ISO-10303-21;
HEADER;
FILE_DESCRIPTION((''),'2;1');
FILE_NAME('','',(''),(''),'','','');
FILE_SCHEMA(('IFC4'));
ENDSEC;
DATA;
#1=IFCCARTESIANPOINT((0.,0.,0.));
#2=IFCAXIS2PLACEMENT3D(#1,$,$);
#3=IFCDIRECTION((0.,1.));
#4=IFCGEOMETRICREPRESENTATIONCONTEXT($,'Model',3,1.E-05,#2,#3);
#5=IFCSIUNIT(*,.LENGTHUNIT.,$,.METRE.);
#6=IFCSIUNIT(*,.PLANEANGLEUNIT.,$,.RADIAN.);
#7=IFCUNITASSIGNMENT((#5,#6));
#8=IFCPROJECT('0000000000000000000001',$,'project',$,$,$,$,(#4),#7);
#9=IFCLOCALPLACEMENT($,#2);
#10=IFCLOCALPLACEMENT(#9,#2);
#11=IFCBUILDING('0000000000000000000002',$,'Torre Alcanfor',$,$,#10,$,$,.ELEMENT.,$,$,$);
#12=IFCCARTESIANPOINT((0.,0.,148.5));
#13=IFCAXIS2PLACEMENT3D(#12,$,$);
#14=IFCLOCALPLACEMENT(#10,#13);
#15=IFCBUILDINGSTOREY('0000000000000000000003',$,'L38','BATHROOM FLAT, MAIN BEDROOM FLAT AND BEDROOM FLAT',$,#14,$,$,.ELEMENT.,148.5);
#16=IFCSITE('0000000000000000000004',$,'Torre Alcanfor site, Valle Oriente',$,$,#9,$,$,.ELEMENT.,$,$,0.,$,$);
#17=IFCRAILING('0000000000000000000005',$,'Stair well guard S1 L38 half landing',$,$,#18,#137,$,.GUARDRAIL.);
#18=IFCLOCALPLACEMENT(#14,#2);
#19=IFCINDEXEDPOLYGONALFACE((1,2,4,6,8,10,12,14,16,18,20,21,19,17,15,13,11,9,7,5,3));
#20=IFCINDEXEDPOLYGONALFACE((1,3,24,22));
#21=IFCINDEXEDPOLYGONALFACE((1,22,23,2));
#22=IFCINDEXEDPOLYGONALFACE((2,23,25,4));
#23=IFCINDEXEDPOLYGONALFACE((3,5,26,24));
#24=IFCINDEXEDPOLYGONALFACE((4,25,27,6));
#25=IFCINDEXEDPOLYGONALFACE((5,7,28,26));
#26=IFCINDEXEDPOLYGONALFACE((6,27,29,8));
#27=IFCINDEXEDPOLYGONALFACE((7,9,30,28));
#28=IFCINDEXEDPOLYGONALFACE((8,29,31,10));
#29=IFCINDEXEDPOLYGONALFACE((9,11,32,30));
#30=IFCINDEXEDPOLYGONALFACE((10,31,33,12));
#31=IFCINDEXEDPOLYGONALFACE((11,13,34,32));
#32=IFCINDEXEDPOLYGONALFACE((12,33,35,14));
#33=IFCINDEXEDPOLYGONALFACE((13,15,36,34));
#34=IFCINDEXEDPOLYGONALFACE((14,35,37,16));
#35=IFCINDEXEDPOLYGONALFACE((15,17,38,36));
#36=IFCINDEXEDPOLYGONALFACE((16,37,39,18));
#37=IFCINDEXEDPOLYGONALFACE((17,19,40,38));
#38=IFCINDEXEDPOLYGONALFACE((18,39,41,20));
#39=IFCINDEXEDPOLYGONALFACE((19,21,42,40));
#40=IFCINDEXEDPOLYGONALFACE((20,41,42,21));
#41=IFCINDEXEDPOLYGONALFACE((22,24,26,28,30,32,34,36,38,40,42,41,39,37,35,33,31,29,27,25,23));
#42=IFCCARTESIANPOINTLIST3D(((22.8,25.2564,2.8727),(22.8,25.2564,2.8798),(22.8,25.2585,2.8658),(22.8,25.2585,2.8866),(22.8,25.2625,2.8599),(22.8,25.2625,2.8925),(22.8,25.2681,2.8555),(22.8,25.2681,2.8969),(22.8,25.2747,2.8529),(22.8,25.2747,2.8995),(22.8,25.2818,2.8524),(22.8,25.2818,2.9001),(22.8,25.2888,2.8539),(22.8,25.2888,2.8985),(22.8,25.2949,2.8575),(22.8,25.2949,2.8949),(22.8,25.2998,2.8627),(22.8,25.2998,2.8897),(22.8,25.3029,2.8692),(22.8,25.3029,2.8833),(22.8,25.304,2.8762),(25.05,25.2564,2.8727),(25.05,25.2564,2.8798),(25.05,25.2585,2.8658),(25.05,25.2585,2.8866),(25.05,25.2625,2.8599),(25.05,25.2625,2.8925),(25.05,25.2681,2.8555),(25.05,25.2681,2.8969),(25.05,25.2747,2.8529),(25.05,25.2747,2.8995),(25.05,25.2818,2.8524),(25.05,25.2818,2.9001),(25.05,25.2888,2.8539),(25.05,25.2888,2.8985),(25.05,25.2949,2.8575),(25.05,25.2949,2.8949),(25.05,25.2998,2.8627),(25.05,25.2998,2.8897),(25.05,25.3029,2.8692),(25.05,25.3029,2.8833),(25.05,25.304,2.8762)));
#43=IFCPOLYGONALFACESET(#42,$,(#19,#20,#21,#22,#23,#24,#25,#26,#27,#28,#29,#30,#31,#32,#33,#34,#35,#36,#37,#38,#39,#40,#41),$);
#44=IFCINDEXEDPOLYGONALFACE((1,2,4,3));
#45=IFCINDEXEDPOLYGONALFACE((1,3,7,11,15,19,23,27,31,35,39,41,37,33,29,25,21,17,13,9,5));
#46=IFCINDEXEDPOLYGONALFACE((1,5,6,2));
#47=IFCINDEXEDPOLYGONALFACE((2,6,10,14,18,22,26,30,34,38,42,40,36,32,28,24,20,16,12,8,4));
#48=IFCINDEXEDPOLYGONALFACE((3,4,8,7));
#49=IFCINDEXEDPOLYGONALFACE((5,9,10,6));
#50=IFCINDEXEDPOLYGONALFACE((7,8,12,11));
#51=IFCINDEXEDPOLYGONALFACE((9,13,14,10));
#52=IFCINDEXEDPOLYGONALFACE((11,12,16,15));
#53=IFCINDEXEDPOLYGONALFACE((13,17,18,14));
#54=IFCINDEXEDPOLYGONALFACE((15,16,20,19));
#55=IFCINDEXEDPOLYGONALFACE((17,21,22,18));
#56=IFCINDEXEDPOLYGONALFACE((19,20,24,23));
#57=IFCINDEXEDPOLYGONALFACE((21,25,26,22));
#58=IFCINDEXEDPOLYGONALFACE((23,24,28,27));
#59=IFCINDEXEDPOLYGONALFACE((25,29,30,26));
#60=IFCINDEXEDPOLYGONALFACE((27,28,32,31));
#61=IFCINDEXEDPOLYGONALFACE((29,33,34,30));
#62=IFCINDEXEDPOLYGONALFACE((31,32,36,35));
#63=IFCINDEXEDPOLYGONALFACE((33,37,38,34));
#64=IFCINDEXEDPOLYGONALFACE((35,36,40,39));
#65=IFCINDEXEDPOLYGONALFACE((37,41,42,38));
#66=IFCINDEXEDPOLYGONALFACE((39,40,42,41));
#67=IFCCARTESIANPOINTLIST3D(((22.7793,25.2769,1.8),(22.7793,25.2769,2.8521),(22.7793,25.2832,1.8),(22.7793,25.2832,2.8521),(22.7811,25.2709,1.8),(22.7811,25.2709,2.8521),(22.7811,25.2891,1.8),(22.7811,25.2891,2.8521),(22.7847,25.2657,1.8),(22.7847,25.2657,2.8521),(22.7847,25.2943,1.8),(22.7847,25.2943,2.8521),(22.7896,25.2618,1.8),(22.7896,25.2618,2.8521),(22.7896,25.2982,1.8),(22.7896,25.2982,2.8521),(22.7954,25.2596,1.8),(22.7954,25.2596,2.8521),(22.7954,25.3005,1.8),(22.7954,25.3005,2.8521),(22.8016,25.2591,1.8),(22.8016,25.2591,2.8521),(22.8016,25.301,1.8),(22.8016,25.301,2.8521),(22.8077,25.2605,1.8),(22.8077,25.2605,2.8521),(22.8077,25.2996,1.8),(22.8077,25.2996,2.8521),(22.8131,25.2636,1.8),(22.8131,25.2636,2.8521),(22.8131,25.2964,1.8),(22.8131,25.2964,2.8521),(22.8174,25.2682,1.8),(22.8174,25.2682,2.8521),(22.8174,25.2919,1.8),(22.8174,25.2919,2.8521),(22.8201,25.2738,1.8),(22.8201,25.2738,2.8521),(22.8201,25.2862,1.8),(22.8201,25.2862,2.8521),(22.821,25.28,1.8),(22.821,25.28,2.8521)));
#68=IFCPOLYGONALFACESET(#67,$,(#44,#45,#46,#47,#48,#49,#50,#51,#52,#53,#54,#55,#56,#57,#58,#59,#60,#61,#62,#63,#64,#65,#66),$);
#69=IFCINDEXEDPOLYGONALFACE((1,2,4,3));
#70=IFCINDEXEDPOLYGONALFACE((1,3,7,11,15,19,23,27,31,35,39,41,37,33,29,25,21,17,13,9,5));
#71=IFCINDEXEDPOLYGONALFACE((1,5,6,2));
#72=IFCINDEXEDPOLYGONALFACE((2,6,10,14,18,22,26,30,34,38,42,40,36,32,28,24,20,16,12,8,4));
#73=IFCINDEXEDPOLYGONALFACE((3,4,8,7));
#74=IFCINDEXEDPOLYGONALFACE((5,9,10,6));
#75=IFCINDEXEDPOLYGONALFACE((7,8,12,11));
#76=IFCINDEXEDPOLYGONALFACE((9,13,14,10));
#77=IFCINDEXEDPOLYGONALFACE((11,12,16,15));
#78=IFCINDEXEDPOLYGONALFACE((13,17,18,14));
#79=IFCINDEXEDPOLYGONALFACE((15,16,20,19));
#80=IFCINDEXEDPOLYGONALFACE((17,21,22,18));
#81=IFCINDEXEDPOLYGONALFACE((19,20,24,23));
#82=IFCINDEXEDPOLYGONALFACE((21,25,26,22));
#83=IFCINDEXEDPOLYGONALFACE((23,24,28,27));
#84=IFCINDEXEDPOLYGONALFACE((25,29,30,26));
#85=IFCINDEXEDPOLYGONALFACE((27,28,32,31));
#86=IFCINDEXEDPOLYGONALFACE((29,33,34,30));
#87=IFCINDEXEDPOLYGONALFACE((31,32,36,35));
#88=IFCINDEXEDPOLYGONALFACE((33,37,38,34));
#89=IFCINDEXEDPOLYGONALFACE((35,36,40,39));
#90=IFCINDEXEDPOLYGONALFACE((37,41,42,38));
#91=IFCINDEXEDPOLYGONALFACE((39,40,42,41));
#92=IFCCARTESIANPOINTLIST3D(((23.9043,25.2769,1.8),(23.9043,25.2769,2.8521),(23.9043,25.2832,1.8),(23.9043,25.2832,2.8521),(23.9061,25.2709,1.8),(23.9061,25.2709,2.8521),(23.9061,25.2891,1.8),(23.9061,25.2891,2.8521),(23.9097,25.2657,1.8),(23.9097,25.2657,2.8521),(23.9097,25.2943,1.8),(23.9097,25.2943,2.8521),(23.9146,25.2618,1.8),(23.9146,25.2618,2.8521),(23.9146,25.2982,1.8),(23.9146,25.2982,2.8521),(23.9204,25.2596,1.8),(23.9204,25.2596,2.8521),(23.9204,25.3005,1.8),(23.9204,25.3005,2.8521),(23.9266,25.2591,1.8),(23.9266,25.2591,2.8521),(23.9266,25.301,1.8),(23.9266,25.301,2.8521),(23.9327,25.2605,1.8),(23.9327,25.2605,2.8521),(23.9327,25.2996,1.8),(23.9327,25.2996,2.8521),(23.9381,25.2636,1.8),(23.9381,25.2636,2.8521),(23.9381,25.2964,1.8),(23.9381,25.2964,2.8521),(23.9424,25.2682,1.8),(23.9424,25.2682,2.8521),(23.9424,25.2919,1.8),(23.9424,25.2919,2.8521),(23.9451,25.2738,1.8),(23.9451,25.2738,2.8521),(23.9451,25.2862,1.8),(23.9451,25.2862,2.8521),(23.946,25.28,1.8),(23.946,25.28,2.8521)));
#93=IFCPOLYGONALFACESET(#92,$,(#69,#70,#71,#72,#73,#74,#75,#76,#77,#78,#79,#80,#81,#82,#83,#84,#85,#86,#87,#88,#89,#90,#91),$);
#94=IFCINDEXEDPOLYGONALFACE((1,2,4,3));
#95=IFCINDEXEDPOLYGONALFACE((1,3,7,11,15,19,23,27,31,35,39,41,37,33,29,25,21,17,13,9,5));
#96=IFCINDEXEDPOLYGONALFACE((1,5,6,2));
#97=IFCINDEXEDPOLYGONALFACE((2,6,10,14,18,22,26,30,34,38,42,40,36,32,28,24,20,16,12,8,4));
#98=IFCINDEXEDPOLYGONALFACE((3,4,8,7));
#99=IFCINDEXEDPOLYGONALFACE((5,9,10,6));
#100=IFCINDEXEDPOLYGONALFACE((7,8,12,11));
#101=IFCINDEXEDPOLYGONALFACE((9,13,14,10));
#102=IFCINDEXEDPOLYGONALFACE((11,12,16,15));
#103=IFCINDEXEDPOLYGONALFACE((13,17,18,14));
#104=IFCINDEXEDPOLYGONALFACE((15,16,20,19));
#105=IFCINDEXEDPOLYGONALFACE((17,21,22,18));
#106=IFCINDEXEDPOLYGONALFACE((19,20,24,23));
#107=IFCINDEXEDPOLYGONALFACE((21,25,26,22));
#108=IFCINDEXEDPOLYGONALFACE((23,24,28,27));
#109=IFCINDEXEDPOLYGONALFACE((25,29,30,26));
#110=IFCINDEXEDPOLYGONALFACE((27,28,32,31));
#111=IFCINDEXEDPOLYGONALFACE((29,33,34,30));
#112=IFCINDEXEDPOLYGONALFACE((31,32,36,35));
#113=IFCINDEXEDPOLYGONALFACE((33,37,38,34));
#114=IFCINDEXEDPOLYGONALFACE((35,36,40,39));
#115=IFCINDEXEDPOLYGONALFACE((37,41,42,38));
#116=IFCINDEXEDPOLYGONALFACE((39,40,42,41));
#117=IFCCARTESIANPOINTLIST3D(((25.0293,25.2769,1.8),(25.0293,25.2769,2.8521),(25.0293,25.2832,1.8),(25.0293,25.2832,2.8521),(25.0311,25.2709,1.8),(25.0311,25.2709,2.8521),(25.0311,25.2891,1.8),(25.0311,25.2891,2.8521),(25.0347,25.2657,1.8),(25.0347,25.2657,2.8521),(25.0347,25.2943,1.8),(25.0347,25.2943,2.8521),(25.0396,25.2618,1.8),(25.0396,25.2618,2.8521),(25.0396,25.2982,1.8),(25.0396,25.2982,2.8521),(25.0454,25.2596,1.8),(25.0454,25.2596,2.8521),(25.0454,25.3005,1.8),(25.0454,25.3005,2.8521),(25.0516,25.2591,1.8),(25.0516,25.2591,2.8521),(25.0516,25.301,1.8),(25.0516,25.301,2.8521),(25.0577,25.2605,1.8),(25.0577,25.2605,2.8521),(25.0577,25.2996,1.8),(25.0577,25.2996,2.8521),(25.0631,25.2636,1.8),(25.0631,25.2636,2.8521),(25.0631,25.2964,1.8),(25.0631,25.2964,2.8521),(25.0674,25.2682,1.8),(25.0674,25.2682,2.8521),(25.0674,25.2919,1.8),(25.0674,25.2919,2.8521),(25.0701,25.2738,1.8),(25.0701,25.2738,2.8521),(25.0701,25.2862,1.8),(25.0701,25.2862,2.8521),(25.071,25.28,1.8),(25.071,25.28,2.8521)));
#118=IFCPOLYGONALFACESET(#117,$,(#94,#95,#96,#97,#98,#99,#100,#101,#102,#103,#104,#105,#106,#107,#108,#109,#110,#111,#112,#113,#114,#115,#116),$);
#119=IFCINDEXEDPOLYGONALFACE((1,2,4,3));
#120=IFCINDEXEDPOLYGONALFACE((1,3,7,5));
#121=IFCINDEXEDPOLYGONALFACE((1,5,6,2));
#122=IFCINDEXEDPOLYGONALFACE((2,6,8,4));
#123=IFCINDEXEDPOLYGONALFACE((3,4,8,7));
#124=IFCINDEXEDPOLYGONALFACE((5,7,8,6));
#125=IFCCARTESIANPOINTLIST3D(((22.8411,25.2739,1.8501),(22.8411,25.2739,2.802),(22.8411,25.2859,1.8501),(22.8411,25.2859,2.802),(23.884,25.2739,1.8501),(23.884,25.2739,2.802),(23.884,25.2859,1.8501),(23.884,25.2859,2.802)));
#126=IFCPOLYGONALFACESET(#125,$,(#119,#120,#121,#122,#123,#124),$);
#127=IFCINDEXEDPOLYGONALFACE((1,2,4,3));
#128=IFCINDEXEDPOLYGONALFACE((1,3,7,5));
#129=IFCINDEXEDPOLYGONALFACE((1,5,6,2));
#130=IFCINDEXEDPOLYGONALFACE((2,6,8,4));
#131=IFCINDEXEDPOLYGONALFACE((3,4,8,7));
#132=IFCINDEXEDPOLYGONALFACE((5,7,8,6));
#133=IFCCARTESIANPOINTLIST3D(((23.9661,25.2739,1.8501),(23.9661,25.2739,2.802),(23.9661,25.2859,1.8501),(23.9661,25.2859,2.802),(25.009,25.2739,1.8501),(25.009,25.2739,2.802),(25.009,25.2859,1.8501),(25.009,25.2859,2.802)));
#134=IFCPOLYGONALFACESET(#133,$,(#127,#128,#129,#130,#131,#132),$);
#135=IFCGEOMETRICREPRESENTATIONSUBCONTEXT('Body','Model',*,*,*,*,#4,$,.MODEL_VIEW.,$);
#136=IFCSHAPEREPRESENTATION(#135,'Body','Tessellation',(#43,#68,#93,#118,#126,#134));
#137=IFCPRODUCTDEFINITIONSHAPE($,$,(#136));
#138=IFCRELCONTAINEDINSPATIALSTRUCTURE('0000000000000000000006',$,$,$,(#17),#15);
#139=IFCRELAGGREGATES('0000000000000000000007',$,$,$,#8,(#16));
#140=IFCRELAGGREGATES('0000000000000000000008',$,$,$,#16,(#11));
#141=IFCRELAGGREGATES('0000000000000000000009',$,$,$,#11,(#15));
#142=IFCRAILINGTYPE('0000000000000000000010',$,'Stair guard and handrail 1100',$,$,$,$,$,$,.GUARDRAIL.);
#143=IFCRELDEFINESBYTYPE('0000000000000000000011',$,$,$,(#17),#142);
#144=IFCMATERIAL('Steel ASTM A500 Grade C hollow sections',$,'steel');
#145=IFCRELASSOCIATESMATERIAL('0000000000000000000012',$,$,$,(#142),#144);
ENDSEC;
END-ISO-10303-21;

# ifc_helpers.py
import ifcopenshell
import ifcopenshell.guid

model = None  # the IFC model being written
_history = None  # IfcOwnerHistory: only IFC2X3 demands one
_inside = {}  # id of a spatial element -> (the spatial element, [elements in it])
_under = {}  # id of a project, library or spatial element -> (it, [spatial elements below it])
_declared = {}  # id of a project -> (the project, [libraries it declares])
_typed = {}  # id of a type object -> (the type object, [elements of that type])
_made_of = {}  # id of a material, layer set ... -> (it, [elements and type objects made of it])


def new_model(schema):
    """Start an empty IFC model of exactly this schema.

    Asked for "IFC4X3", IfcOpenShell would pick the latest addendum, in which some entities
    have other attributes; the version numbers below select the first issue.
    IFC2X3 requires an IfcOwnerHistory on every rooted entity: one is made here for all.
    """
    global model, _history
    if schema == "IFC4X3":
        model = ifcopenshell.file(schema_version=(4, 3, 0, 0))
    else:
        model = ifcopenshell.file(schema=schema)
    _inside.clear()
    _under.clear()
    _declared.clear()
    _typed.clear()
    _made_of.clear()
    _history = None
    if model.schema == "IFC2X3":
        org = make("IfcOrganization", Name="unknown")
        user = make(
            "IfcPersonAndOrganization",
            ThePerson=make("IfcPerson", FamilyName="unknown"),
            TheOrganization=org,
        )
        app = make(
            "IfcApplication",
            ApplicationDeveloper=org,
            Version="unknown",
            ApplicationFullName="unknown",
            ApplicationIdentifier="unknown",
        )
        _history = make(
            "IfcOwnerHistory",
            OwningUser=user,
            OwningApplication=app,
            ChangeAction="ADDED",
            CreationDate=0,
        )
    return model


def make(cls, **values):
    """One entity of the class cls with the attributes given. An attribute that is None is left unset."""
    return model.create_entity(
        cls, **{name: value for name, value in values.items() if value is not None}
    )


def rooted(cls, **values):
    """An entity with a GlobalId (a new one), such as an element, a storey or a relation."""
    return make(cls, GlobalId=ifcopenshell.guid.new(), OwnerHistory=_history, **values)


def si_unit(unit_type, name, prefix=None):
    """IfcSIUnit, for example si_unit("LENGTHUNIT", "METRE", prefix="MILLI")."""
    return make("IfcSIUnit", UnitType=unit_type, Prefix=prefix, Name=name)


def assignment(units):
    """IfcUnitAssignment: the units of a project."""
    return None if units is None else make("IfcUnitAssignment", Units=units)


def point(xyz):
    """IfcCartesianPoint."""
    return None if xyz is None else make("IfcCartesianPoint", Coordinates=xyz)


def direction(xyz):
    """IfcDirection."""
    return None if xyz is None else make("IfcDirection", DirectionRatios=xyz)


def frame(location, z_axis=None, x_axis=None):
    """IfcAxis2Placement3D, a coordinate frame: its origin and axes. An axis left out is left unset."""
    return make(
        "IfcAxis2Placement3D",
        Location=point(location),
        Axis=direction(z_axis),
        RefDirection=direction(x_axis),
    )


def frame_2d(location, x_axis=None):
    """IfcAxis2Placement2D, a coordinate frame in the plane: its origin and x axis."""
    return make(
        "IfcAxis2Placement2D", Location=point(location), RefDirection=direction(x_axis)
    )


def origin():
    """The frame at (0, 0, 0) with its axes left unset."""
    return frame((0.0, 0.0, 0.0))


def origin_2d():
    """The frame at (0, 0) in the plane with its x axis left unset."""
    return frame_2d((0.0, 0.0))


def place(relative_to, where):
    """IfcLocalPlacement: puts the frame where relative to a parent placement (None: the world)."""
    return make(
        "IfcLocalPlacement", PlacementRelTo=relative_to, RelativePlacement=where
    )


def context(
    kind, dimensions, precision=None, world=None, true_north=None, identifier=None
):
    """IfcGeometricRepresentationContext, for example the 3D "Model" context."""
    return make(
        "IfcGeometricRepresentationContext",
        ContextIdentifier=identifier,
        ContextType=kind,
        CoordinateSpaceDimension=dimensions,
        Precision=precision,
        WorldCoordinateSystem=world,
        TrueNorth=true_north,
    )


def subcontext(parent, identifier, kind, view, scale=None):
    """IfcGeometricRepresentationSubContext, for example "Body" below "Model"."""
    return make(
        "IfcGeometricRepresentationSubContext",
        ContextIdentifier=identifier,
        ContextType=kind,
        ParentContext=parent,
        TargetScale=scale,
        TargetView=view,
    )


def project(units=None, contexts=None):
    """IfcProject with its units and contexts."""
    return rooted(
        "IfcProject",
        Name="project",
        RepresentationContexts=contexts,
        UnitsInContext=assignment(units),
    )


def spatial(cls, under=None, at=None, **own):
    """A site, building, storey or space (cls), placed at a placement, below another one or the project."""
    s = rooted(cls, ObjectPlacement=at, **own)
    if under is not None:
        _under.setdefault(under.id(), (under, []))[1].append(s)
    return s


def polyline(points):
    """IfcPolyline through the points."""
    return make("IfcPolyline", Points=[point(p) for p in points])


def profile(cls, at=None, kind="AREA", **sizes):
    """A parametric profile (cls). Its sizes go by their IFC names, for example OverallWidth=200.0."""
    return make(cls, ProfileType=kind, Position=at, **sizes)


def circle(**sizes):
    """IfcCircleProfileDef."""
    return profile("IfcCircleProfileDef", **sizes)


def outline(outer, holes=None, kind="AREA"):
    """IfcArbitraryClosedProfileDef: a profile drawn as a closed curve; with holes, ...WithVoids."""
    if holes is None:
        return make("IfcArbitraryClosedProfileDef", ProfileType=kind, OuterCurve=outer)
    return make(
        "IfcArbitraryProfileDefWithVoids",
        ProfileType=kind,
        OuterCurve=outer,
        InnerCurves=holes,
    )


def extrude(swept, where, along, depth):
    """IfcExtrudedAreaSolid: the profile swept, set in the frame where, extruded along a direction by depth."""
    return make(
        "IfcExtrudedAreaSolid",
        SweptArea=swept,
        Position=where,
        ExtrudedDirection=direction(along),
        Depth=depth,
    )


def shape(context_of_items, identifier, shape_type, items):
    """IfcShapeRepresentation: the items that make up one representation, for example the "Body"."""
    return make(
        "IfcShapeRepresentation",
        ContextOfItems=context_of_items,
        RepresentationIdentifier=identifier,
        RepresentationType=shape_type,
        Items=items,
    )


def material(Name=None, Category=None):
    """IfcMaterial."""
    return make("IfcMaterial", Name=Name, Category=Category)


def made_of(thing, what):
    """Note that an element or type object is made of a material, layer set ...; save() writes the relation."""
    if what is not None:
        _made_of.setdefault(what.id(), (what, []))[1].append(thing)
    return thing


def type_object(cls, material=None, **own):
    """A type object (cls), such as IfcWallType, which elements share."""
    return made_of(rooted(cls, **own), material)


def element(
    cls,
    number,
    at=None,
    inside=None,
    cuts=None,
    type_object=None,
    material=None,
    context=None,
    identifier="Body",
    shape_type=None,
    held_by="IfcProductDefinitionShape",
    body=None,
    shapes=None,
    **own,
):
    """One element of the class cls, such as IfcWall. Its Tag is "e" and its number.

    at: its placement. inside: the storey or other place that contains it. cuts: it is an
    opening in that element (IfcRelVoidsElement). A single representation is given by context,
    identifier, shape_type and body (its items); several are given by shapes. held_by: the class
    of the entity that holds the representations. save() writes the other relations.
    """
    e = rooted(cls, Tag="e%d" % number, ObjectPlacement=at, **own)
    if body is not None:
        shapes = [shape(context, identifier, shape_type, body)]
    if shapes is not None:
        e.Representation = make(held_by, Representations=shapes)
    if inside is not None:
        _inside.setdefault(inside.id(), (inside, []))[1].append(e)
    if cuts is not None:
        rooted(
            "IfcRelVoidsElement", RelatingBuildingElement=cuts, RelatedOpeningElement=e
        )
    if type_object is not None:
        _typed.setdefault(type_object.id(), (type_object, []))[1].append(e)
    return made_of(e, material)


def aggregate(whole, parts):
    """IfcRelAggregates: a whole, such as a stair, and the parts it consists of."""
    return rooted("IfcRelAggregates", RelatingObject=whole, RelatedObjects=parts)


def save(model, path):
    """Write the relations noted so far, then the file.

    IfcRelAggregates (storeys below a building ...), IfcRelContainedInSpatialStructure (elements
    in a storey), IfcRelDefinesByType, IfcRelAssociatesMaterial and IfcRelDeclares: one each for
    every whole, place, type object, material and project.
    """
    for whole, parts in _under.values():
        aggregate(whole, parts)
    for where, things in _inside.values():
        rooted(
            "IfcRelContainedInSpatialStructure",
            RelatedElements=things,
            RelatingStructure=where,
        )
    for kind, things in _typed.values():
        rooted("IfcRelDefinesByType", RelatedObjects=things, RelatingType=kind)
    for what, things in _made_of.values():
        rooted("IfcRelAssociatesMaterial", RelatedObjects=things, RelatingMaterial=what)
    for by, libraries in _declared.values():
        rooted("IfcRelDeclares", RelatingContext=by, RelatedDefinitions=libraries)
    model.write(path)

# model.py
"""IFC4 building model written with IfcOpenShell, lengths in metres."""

from ifc_helpers import new_model, si_unit, direction, frame, origin, origin_2d, place, context, subcontext, project, spatial, polyline, circle, outline, extrude, material, type_object, element, save


model = new_model("IFC4")

# Units and contexts
model_context = context("Model", 3, precision=1e-05, world=origin(), true_north=direction((0.0, 1.0)))
body_context = subcontext(model_context, "Body", "Model", "MODEL_VIEW")
ifc_project = project(units=[si_unit("LENGTHUNIT", "METRE"), si_unit("PLANEANGLEUNIT", "RADIAN")], contexts=[model_context])

# Site, building, storey
site_placement = place(None, origin())
site = spatial("IfcSite", under=ifc_project, at=site_placement, Name="Torre Alcanfor site, Valle Oriente", CompositionType="ELEMENT", RefElevation=0.0)
building_placement = place(site_placement, origin())
building = spatial("IfcBuilding", under=site, at=building_placement, Name="Torre Alcanfor", CompositionType="ELEMENT")
storey_placement = place(building_placement, frame((0.0, 0.0, 148.5)))
storey = spatial("IfcBuildingStorey", under=building, at=storey_placement, Name="L38", Description="BATHROOM FLAT, MAIN BEDROOM FLAT AND BEDROOM FLAT", CompositionType="ELEMENT", Elevation=148.5)

# Railing
ifc_material_1 = material(Name="Steel ASTM A500 Grade C hollow sections", Category="steel")
railing_type = type_object("IfcRailingType", Name="Stair guard and handrail 1100", PredefinedType="GUARDRAIL", material=ifc_material_1)
railing_1_placement = place(storey_placement, frame((22.8, 25.28, 1.8)))
element("IfcRailing", 1, at=railing_1_placement, inside=storey, type_object=railing_type, Name="Stair well guard S1 L38 half landing", PredefinedType="GUARDRAIL", context=body_context, shape_type="SweptSolid", body=[
    extrude(circle(Radius=0.0239, at=origin_2d()), frame((0.0, 0.0, 1.0762), z_axis=(1.0, 0.0, 0.0), x_axis=(0.0, 1.0, 0.0)), (0.0, 0.0, 1.0), 2.25),
    extrude(circle(Radius=0.021, at=origin_2d()), origin(), (0.0, 0.0, 1.0), 1.052),
    extrude(circle(Radius=0.021, at=origin_2d()), frame((1.125, 0.0, 0.0)), (0.0, 0.0, 1.0), 1.052),
    extrude(circle(Radius=0.021, at=origin_2d()), frame((2.25, 0.0, 0.0)), (0.0, 0.0, 1.0), 1.052),
    extrude(outline(polyline([(0.041, 0.05), (1.084, 0.05), (1.084, 1.002), (0.041, 1.002), (0.041, 0.05)])), frame((0.0, 0.0059, 0.0), z_axis=(0.0, -1.0, 0.0), x_axis=(1.0, 0.0, 0.0)), (0.0, 0.0, 1.0), 0.012),
    extrude(outline(polyline([(1.166, 0.05), (2.209, 0.05), (2.209, 1.002), (1.166, 1.002), (1.166, 0.05)])), frame((0.0, 0.0059, 0.0), z_axis=(0.0, -1.0, 0.0), x_axis=(1.0, 0.0, 0.0)), (0.0, 0.0, 1.0), 0.012),
])

save(model, "model.ifc")
